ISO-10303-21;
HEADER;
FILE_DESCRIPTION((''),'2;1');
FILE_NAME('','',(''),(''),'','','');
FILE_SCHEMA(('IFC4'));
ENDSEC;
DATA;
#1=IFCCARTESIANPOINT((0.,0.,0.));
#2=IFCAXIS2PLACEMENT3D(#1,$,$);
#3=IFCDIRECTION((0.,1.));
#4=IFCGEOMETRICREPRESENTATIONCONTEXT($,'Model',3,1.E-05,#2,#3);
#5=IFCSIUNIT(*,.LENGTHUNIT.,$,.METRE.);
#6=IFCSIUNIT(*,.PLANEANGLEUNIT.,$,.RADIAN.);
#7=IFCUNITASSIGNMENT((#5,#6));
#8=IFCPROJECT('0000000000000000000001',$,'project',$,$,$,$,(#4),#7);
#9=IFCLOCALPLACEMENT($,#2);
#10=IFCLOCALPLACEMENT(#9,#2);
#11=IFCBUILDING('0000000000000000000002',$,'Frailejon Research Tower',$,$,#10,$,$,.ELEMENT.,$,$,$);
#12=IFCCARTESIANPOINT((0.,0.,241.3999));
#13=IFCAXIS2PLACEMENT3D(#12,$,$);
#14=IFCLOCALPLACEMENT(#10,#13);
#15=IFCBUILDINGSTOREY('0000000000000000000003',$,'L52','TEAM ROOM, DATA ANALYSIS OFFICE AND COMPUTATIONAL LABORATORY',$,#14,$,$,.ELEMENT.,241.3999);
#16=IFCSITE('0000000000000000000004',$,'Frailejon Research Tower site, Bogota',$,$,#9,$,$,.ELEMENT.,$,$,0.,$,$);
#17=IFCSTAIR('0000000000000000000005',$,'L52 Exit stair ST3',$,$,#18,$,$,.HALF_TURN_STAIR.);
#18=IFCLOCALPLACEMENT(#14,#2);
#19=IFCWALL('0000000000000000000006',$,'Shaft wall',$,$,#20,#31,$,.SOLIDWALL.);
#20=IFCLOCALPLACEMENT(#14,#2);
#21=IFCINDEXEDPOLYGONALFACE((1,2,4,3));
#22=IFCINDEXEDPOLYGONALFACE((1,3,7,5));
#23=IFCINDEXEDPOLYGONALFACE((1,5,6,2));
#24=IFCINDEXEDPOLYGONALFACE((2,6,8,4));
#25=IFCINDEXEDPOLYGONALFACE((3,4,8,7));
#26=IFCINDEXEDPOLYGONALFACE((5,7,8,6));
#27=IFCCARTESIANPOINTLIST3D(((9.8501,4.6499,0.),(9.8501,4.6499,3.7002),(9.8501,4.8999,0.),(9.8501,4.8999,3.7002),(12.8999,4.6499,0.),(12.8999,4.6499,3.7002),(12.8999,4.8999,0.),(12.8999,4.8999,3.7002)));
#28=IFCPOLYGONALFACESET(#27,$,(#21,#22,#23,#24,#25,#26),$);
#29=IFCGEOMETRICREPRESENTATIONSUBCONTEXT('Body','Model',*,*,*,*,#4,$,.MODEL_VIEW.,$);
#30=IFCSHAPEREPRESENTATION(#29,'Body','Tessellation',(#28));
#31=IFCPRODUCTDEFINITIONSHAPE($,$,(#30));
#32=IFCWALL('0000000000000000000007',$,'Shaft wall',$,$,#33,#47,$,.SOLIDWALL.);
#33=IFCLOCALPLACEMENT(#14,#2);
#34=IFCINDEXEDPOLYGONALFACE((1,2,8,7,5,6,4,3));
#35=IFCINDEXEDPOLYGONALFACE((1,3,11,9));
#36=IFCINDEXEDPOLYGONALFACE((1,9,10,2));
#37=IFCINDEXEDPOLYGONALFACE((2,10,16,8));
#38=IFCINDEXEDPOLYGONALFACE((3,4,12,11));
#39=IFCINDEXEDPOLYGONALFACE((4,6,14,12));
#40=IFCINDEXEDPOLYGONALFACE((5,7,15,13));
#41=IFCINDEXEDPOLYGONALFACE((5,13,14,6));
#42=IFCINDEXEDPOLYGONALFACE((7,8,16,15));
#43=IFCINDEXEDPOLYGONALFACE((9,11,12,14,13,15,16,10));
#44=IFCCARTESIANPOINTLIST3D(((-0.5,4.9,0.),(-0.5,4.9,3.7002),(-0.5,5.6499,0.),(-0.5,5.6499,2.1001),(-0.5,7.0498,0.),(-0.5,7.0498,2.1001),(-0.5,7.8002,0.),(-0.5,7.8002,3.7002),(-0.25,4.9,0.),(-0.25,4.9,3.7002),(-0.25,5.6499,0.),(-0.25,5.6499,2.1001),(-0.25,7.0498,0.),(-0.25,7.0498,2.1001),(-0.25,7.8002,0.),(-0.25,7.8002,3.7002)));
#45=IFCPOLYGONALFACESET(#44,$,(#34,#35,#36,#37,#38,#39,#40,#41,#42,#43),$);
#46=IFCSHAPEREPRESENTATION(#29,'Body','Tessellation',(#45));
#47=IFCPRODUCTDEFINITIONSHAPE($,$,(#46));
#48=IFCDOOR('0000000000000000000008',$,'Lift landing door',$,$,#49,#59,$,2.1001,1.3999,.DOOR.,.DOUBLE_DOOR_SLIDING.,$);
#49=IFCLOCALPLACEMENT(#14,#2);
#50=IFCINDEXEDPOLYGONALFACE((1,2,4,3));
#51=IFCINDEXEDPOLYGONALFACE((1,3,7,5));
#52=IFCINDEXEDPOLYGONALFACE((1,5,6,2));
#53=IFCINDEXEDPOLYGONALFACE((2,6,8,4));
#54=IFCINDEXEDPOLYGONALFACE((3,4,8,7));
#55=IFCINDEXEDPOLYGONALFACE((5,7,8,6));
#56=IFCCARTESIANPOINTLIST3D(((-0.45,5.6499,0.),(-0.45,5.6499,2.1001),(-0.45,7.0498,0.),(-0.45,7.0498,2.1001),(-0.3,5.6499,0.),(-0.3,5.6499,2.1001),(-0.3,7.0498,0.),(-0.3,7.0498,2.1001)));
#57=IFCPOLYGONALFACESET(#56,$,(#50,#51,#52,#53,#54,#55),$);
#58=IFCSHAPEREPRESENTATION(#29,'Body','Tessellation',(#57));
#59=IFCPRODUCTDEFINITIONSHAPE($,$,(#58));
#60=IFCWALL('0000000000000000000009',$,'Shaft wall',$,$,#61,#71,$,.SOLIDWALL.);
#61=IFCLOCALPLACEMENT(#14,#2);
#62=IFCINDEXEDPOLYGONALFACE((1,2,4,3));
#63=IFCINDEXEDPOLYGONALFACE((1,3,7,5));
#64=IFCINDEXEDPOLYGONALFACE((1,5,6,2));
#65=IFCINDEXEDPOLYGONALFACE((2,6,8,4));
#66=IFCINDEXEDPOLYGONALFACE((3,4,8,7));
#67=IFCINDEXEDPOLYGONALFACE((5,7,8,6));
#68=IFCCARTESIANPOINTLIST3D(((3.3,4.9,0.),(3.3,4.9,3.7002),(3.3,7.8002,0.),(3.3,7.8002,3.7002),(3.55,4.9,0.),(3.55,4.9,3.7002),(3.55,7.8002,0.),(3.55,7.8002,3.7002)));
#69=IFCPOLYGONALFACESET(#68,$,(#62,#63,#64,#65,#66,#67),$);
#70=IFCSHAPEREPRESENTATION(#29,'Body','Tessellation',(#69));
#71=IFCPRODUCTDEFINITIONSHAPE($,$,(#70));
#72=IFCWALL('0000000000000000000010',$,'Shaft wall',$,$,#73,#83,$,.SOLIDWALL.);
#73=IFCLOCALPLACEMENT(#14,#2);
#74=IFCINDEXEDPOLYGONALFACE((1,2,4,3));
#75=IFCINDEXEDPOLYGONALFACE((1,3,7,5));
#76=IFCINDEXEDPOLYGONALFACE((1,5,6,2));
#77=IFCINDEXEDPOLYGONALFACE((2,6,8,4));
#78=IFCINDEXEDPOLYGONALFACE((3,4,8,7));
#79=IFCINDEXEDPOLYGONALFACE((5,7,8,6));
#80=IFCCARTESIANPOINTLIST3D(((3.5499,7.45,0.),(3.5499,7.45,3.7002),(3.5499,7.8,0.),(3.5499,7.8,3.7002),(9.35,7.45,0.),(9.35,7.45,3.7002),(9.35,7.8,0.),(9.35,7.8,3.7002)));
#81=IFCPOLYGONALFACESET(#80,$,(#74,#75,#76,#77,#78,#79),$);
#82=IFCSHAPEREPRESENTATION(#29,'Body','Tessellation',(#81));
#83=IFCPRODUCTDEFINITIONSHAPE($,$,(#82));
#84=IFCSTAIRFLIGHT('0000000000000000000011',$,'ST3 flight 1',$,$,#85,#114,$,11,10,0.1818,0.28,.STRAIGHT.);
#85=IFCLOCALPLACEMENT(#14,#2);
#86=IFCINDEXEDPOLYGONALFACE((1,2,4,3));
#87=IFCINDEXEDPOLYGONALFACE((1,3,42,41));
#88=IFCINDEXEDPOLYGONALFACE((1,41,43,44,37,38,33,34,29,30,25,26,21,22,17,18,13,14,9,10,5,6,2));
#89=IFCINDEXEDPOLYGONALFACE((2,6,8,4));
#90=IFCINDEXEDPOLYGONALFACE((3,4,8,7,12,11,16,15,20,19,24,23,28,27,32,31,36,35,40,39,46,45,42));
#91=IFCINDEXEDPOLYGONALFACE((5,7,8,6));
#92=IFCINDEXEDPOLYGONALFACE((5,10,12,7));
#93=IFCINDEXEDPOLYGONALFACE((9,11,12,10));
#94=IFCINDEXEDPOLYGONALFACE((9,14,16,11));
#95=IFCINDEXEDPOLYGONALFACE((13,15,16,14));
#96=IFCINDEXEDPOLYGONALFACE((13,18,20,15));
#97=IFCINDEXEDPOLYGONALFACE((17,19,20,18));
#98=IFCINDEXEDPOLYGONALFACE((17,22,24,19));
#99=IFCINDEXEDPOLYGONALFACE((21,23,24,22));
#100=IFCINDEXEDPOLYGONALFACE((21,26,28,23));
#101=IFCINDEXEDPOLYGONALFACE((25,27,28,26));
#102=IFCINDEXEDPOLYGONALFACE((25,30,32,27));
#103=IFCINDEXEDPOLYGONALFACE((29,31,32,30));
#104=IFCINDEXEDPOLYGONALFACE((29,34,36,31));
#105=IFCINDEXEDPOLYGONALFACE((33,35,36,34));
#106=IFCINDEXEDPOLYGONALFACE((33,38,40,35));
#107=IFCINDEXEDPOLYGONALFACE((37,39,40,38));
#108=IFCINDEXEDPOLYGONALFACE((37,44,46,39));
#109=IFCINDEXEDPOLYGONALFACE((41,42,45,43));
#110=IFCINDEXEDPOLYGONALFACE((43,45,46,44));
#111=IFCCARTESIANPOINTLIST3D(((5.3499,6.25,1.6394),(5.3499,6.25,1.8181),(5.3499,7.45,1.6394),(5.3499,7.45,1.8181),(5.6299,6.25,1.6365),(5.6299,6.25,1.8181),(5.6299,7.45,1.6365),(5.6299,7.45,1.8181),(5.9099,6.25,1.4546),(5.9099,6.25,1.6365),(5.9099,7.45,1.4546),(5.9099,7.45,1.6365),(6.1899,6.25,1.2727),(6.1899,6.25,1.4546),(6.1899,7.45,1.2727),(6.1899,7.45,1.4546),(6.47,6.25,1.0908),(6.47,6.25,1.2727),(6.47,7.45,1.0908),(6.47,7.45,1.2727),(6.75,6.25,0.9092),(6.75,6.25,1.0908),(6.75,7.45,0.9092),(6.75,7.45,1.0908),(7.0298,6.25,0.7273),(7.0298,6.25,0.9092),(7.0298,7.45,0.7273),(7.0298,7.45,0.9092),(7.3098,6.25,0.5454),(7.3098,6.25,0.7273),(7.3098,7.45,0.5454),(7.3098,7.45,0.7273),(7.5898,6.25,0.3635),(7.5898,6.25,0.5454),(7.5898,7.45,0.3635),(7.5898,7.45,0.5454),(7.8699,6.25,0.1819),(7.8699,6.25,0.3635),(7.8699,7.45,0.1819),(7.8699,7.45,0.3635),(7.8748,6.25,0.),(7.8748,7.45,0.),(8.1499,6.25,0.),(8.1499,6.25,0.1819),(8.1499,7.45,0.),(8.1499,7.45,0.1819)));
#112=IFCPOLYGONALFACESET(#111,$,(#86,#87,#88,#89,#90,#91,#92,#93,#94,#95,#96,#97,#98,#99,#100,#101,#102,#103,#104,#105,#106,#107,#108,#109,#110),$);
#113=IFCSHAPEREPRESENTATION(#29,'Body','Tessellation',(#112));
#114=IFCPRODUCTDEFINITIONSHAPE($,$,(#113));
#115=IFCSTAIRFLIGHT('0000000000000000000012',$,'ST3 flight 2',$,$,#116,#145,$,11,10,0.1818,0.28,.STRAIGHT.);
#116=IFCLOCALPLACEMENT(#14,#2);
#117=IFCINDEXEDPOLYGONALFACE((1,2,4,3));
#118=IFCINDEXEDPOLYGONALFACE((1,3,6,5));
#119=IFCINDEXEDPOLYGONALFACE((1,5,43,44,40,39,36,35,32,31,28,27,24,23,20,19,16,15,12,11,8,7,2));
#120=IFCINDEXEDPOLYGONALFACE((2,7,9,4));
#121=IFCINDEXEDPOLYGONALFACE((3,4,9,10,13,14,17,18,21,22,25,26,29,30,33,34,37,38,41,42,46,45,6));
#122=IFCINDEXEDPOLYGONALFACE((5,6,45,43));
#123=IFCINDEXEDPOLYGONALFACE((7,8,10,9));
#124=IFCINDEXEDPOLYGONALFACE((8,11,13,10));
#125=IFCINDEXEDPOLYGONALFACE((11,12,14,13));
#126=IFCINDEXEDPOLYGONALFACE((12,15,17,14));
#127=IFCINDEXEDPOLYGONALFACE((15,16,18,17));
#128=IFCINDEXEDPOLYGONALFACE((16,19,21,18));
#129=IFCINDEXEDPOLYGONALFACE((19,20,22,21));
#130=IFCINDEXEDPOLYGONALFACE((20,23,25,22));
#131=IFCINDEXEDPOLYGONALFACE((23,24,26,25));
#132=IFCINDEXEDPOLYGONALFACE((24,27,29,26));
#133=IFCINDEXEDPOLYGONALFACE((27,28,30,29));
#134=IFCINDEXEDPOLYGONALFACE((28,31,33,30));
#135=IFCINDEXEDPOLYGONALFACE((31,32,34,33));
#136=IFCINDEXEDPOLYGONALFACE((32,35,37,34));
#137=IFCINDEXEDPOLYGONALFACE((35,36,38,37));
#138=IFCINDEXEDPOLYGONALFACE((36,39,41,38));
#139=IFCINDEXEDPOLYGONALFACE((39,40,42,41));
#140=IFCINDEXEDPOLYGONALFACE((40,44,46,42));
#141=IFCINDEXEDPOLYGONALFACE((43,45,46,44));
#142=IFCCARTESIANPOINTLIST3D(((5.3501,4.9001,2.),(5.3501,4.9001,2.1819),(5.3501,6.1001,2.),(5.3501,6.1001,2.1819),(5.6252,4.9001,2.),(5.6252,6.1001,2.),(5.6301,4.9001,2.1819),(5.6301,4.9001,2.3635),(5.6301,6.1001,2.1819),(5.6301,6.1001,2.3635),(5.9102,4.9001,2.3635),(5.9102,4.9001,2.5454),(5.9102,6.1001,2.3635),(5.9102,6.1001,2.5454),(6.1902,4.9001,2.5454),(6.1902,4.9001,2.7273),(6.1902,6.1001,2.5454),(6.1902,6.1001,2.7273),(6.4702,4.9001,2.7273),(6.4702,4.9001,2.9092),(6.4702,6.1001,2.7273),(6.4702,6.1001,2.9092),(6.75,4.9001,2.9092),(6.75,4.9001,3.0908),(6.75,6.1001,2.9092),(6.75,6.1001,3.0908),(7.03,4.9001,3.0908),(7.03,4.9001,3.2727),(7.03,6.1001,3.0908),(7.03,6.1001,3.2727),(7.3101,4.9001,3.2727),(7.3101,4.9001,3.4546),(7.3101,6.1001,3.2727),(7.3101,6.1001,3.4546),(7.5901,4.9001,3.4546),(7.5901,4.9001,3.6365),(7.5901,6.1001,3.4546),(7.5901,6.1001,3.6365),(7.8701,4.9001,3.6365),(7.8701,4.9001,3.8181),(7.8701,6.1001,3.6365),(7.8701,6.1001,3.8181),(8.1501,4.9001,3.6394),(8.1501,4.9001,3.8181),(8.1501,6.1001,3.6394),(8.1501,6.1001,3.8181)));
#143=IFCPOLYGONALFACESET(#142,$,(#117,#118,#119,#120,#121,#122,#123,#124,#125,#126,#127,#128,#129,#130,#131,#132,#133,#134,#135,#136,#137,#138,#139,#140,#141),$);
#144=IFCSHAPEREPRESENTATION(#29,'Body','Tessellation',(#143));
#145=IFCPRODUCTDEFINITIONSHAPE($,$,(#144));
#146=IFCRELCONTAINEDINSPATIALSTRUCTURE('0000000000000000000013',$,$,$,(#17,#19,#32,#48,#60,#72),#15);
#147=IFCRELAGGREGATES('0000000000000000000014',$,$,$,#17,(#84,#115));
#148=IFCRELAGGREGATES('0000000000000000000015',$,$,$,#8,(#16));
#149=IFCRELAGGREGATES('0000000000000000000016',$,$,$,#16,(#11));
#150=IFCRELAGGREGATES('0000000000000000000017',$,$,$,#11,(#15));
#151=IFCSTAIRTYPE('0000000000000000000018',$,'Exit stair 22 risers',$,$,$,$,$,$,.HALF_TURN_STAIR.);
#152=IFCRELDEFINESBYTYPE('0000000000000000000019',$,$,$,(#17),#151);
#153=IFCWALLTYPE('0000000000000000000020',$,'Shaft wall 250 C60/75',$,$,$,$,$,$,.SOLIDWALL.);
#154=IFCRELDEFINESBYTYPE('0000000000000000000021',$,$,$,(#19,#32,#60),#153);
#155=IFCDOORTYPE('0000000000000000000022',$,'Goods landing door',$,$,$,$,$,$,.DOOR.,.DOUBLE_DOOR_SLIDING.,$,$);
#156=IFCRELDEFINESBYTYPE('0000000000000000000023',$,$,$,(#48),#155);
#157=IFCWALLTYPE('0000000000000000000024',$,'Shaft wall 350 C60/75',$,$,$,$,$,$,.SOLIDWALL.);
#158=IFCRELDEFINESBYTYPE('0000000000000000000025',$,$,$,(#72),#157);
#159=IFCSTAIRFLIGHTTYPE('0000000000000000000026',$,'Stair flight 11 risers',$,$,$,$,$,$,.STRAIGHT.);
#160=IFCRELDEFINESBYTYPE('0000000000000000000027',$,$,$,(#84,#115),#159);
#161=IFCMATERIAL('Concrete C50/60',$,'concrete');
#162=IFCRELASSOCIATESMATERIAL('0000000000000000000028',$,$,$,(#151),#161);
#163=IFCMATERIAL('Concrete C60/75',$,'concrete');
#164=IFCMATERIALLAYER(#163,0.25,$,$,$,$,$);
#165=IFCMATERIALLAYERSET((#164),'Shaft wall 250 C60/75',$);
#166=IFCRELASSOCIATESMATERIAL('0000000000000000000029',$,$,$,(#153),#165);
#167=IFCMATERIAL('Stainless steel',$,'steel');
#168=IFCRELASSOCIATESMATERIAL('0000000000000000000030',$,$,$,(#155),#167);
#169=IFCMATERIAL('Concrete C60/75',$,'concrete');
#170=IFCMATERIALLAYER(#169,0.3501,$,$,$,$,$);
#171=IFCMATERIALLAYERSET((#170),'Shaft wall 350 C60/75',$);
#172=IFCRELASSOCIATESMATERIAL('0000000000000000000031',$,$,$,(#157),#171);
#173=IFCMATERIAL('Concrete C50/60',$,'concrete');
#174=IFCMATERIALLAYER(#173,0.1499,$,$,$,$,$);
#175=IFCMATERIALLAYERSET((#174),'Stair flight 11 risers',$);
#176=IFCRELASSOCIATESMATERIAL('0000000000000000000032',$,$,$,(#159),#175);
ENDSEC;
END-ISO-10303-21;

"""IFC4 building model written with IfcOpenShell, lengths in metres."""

from ifc_helpers import new_model, si_unit, direction, frame, frame_2d, origin, place, context, subcontext, project, spatial, polyline, rectangle, outline, extrude, material, layer, layer_set, type_object, element, fill, aggregate, save


model = new_model("IFC4")

# Units and contexts
model_context = context("Model", 3, precision=1e-05, world=origin(), true_north=direction((0.0, 1.0)))
body_context = subcontext(model_context, "Body", "Model", "MODEL_VIEW")
ifc_project = project(units=[si_unit("LENGTHUNIT", "METRE"), si_unit("PLANEANGLEUNIT", "RADIAN")], contexts=[model_context])

# Site, building, storey
site_placement = place(None, origin())
site = spatial("IfcSite", under=ifc_project, at=site_placement, Name="Frailejon Research Tower site, Bogota", CompositionType="ELEMENT", RefElevation=0.0)
building_placement = place(site_placement, origin())
building = spatial("IfcBuilding", under=site, at=building_placement, Name="Frailejon Research Tower", CompositionType="ELEMENT")
storey_placement = place(building_placement, frame((0.0, 0.0, 241.3999)))
storey = spatial("IfcBuildingStorey", under=building, at=storey_placement, Name="L52", Description="TEAM ROOM, DATA ANALYSIS OFFICE AND COMPUTATIONAL LABORATORY", CompositionType="ELEMENT", Elevation=241.3999)

# Stair
ifc_material_1 = material(Name="Concrete C50/60", Category="concrete")
stair_type = type_object("IfcStairType", Name="Exit stair 22 risers", PredefinedType="HALF_TURN_STAIR", material=ifc_material_1)
stair_1_placement = place(storey_placement, origin())
stair_1 = element("IfcStair", 1, at=stair_1_placement, inside=storey, type_object=stair_type, Name="L52 Exit stair ST3", PredefinedType="HALF_TURN_STAIR")

# Shared definitions
ifc_material_2 = material(Name="Concrete C60/75", Category="concrete")
ifc_layer_1 = layer(ifc_material_2, 0.25)
ifc_layer_set_1 = layer_set([ifc_layer_1], Name="Shaft wall 250 C60/75")
wall_type_1 = type_object("IfcWallType", Name="Shaft wall 250 C60/75", PredefinedType="SOLIDWALL", material=ifc_layer_set_1)

# Wall
wall_1_placement = place(storey_placement, frame((9.8501, 4.7749, 0.0), z_axis=(0.0, 0.0, 1.0), x_axis=(1.0, 0.0, 0.0)))
element("IfcWall", 2, at=wall_1_placement, inside=storey, type_object=wall_type_1, Name="Shaft wall", PredefinedType="SOLIDWALL", context=body_context, shape_type="SweptSolid", body=[
    extrude(rectangle(XDim=3.0498, YDim=0.25, at=frame_2d((1.5249, 0.0))), origin(), (0.0, 0.0, 1.0), 3.7002),
])

# Wall, opening, door
wall_2_placement = place(storey_placement, frame((-0.375, 4.8999, 0.0), z_axis=(0.0, 0.0, 1.0), x_axis=(0.0, 1.0, 0.0)))
wall_2 = element("IfcWall", 3, at=wall_2_placement, inside=storey, type_object=wall_type_1, Name="Shaft wall", PredefinedType="SOLIDWALL", context=body_context, shape_type="SweptSolid", body=[
    extrude(rectangle(XDim=2.9001, YDim=0.25, at=frame_2d((1.4502, 0.0))), origin(), (0.0, 0.0, 1.0), 3.7002),
])
opening_1_placement = place(wall_2_placement, frame((0.75, 0.0, 0.0)))
opening_1 = element("IfcOpeningElement", 4, at=opening_1_placement, cuts=wall_2, PredefinedType="OPENING", context=body_context, shape_type="SweptSolid", body=[
    extrude(rectangle(XDim=1.3999, YDim=2.1001, at=frame_2d((0.7, 1.05))), frame((0.0, 0.135, 0.0), z_axis=(0.0, -1.0, 0.0), x_axis=(1.0, 0.0, 0.0)), (0.0, 0.0, 1.0), 0.27),
])
ifc_material_3 = material(Name="Stainless steel", Category="steel")
door_type_1 = type_object("IfcDoorType", Name="Goods landing door", OperationType="DOUBLE_DOOR_SLIDING", PredefinedType="DOOR", material=ifc_material_3)
door_1_placement = place(opening_1_placement, origin())
door_1 = element("IfcDoor", 5, at=door_1_placement, inside=storey, type_object=door_type_1, Name="Lift landing door", OperationType="DOUBLE_DOOR_SLIDING", OverallHeight=2.1001, OverallWidth=1.3999, PredefinedType="DOOR", context=body_context, shape_type="SweptSolid", body=[
    extrude(rectangle(XDim=1.3999, YDim=2.1001, at=frame_2d((0.7, 1.05))), frame((0.0, 0.075, 0.0), z_axis=(0.0, -1.0, 0.0), x_axis=(1.0, 0.0, 0.0)), (0.0, 0.0, 1.0), 0.1499),
])
fill(opening_1, door_1)

# Walls
wall_3_placement = place(storey_placement, frame((3.425, 4.8999, 0.0), z_axis=(0.0, 0.0, 1.0), x_axis=(0.0, 1.0, 0.0)))
element("IfcWall", 6, at=wall_3_placement, inside=storey, type_object=wall_type_1, Name="Shaft wall", PredefinedType="SOLIDWALL", context=body_context, shape_type="SweptSolid", body=[
    extrude(rectangle(XDim=2.9001, YDim=0.25, at=frame_2d((1.4502, 0.0))), origin(), (0.0, 0.0, 1.0), 3.7002),
])
ifc_material_4 = material(Name="Concrete C60/75", Category="concrete")
ifc_layer_2 = layer(ifc_material_4, 0.3501)
ifc_layer_set_2 = layer_set([ifc_layer_2], Name="Shaft wall 350 C60/75")
wall_type_2 = type_object("IfcWallType", Name="Shaft wall 350 C60/75", PredefinedType="SOLIDWALL", material=ifc_layer_set_2)
wall_4_placement = place(storey_placement, frame((3.55, 7.625, 0.0), z_axis=(0.0, 0.0, 1.0), x_axis=(1.0, 0.0, 0.0)))
element("IfcWall", 7, at=wall_4_placement, inside=storey, type_object=wall_type_2, Name="Shaft wall", PredefinedType="SOLIDWALL", context=body_context, shape_type="SweptSolid", body=[
    extrude(rectangle(XDim=5.8, YDim=0.3501, at=frame_2d((2.8999, 0.0))), origin(), (0.0, 0.0, 1.0), 3.7002),
])

# Stair flights
ifc_material_5 = material(Name="Concrete C50/60", Category="concrete")
ifc_layer_3 = layer(ifc_material_5, 0.1499)
ifc_layer_set_3 = layer_set([ifc_layer_3], Name="Stair flight 11 risers")
stair_flight_type = type_object("IfcStairFlightType", Name="Stair flight 11 risers", PredefinedType="STRAIGHT", material=ifc_layer_set_3)
stair_flight_1_placement = place(storey_placement, frame((8.1499, 6.8501, 0.0), z_axis=(0.0, 0.0, 1.0), x_axis=(-1.0, 0.0, 0.0)))
stair_flight_1 = element("IfcStairFlight", 8, at=stair_flight_1_placement, type_object=stair_flight_type, Name="ST3 flight 1", NumberOfRisers=11, NumberOfTreads=10, PredefinedType="STRAIGHT", RiserHeight=0.1818, TreadLength=0.28, context=body_context, shape_type="SweptSolid", body=[
    extrude(outline(polyline([(0.0, 0.0), (0.0, 0.1819), (0.28, 0.1819), (0.28, 0.3635), (0.5601, 0.3635), (0.5601, 0.5454), (0.8401, 0.5454), (0.8401, 0.7273), (1.1201, 0.7273), (1.1201, 0.9092), (1.3999, 0.9092), (1.3999, 1.0908), (1.6799, 1.0908), (1.6799, 1.2727), (1.96, 1.2727), (1.96, 1.4546), (2.24, 1.4546), (2.24, 1.6365), (2.52, 1.6365), (2.52, 1.8181), (2.8, 1.8181), (2.8, 2.0), (2.8, 1.6394), (0.2751, 0.0), (0.0, 0.0)])), frame((0.0, 0.6001, 0.0), z_axis=(0.0, -1.0, 0.0), x_axis=(1.0, 0.0, 0.0)), (0.0, 0.0, 1.0), 1.2),
])
stair_flight_2_placement = place(storey_placement, frame((5.3501, 5.5, 2.0), z_axis=(0.0, 0.0, 1.0), x_axis=(1.0, 0.0, 0.0)))
stair_flight_2 = element("IfcStairFlight", 9, at=stair_flight_2_placement, type_object=stair_flight_type, Name="ST3 flight 2", NumberOfRisers=11, NumberOfTreads=10, PredefinedType="STRAIGHT", RiserHeight=0.1818, TreadLength=0.28, context=body_context, shape_type="SweptSolid", body=[
    extrude(outline(polyline([(0.0, 0.0), (0.0, 0.1819), (0.28, 0.1819), (0.28, 0.3635), (0.5601, 0.3635), (0.5601, 0.5454), (0.8401, 0.5454), (0.8401, 0.7273), (1.1201, 0.7273), (1.1201, 0.9092), (1.3999, 0.9092), (1.3999, 1.0908), (1.6799, 1.0908), (1.6799, 1.2727), (1.96, 1.2727), (1.96, 1.4546), (2.24, 1.4546), (2.24, 1.6365), (2.52, 1.6365), (2.52, 1.8181), (2.8, 1.8181), (2.8, 2.0), (2.8, 1.6394), (0.2751, 0.0), (0.0, 0.0)])), frame((0.0, 0.6001, 0.0), z_axis=(0.0, -1.0, 0.0), x_axis=(1.0, 0.0, 0.0)), (0.0, 0.0, 1.0), 1.2),
])
aggregate(stair_1, [stair_flight_1, stair_flight_2])

save(model, "model.ifc")
